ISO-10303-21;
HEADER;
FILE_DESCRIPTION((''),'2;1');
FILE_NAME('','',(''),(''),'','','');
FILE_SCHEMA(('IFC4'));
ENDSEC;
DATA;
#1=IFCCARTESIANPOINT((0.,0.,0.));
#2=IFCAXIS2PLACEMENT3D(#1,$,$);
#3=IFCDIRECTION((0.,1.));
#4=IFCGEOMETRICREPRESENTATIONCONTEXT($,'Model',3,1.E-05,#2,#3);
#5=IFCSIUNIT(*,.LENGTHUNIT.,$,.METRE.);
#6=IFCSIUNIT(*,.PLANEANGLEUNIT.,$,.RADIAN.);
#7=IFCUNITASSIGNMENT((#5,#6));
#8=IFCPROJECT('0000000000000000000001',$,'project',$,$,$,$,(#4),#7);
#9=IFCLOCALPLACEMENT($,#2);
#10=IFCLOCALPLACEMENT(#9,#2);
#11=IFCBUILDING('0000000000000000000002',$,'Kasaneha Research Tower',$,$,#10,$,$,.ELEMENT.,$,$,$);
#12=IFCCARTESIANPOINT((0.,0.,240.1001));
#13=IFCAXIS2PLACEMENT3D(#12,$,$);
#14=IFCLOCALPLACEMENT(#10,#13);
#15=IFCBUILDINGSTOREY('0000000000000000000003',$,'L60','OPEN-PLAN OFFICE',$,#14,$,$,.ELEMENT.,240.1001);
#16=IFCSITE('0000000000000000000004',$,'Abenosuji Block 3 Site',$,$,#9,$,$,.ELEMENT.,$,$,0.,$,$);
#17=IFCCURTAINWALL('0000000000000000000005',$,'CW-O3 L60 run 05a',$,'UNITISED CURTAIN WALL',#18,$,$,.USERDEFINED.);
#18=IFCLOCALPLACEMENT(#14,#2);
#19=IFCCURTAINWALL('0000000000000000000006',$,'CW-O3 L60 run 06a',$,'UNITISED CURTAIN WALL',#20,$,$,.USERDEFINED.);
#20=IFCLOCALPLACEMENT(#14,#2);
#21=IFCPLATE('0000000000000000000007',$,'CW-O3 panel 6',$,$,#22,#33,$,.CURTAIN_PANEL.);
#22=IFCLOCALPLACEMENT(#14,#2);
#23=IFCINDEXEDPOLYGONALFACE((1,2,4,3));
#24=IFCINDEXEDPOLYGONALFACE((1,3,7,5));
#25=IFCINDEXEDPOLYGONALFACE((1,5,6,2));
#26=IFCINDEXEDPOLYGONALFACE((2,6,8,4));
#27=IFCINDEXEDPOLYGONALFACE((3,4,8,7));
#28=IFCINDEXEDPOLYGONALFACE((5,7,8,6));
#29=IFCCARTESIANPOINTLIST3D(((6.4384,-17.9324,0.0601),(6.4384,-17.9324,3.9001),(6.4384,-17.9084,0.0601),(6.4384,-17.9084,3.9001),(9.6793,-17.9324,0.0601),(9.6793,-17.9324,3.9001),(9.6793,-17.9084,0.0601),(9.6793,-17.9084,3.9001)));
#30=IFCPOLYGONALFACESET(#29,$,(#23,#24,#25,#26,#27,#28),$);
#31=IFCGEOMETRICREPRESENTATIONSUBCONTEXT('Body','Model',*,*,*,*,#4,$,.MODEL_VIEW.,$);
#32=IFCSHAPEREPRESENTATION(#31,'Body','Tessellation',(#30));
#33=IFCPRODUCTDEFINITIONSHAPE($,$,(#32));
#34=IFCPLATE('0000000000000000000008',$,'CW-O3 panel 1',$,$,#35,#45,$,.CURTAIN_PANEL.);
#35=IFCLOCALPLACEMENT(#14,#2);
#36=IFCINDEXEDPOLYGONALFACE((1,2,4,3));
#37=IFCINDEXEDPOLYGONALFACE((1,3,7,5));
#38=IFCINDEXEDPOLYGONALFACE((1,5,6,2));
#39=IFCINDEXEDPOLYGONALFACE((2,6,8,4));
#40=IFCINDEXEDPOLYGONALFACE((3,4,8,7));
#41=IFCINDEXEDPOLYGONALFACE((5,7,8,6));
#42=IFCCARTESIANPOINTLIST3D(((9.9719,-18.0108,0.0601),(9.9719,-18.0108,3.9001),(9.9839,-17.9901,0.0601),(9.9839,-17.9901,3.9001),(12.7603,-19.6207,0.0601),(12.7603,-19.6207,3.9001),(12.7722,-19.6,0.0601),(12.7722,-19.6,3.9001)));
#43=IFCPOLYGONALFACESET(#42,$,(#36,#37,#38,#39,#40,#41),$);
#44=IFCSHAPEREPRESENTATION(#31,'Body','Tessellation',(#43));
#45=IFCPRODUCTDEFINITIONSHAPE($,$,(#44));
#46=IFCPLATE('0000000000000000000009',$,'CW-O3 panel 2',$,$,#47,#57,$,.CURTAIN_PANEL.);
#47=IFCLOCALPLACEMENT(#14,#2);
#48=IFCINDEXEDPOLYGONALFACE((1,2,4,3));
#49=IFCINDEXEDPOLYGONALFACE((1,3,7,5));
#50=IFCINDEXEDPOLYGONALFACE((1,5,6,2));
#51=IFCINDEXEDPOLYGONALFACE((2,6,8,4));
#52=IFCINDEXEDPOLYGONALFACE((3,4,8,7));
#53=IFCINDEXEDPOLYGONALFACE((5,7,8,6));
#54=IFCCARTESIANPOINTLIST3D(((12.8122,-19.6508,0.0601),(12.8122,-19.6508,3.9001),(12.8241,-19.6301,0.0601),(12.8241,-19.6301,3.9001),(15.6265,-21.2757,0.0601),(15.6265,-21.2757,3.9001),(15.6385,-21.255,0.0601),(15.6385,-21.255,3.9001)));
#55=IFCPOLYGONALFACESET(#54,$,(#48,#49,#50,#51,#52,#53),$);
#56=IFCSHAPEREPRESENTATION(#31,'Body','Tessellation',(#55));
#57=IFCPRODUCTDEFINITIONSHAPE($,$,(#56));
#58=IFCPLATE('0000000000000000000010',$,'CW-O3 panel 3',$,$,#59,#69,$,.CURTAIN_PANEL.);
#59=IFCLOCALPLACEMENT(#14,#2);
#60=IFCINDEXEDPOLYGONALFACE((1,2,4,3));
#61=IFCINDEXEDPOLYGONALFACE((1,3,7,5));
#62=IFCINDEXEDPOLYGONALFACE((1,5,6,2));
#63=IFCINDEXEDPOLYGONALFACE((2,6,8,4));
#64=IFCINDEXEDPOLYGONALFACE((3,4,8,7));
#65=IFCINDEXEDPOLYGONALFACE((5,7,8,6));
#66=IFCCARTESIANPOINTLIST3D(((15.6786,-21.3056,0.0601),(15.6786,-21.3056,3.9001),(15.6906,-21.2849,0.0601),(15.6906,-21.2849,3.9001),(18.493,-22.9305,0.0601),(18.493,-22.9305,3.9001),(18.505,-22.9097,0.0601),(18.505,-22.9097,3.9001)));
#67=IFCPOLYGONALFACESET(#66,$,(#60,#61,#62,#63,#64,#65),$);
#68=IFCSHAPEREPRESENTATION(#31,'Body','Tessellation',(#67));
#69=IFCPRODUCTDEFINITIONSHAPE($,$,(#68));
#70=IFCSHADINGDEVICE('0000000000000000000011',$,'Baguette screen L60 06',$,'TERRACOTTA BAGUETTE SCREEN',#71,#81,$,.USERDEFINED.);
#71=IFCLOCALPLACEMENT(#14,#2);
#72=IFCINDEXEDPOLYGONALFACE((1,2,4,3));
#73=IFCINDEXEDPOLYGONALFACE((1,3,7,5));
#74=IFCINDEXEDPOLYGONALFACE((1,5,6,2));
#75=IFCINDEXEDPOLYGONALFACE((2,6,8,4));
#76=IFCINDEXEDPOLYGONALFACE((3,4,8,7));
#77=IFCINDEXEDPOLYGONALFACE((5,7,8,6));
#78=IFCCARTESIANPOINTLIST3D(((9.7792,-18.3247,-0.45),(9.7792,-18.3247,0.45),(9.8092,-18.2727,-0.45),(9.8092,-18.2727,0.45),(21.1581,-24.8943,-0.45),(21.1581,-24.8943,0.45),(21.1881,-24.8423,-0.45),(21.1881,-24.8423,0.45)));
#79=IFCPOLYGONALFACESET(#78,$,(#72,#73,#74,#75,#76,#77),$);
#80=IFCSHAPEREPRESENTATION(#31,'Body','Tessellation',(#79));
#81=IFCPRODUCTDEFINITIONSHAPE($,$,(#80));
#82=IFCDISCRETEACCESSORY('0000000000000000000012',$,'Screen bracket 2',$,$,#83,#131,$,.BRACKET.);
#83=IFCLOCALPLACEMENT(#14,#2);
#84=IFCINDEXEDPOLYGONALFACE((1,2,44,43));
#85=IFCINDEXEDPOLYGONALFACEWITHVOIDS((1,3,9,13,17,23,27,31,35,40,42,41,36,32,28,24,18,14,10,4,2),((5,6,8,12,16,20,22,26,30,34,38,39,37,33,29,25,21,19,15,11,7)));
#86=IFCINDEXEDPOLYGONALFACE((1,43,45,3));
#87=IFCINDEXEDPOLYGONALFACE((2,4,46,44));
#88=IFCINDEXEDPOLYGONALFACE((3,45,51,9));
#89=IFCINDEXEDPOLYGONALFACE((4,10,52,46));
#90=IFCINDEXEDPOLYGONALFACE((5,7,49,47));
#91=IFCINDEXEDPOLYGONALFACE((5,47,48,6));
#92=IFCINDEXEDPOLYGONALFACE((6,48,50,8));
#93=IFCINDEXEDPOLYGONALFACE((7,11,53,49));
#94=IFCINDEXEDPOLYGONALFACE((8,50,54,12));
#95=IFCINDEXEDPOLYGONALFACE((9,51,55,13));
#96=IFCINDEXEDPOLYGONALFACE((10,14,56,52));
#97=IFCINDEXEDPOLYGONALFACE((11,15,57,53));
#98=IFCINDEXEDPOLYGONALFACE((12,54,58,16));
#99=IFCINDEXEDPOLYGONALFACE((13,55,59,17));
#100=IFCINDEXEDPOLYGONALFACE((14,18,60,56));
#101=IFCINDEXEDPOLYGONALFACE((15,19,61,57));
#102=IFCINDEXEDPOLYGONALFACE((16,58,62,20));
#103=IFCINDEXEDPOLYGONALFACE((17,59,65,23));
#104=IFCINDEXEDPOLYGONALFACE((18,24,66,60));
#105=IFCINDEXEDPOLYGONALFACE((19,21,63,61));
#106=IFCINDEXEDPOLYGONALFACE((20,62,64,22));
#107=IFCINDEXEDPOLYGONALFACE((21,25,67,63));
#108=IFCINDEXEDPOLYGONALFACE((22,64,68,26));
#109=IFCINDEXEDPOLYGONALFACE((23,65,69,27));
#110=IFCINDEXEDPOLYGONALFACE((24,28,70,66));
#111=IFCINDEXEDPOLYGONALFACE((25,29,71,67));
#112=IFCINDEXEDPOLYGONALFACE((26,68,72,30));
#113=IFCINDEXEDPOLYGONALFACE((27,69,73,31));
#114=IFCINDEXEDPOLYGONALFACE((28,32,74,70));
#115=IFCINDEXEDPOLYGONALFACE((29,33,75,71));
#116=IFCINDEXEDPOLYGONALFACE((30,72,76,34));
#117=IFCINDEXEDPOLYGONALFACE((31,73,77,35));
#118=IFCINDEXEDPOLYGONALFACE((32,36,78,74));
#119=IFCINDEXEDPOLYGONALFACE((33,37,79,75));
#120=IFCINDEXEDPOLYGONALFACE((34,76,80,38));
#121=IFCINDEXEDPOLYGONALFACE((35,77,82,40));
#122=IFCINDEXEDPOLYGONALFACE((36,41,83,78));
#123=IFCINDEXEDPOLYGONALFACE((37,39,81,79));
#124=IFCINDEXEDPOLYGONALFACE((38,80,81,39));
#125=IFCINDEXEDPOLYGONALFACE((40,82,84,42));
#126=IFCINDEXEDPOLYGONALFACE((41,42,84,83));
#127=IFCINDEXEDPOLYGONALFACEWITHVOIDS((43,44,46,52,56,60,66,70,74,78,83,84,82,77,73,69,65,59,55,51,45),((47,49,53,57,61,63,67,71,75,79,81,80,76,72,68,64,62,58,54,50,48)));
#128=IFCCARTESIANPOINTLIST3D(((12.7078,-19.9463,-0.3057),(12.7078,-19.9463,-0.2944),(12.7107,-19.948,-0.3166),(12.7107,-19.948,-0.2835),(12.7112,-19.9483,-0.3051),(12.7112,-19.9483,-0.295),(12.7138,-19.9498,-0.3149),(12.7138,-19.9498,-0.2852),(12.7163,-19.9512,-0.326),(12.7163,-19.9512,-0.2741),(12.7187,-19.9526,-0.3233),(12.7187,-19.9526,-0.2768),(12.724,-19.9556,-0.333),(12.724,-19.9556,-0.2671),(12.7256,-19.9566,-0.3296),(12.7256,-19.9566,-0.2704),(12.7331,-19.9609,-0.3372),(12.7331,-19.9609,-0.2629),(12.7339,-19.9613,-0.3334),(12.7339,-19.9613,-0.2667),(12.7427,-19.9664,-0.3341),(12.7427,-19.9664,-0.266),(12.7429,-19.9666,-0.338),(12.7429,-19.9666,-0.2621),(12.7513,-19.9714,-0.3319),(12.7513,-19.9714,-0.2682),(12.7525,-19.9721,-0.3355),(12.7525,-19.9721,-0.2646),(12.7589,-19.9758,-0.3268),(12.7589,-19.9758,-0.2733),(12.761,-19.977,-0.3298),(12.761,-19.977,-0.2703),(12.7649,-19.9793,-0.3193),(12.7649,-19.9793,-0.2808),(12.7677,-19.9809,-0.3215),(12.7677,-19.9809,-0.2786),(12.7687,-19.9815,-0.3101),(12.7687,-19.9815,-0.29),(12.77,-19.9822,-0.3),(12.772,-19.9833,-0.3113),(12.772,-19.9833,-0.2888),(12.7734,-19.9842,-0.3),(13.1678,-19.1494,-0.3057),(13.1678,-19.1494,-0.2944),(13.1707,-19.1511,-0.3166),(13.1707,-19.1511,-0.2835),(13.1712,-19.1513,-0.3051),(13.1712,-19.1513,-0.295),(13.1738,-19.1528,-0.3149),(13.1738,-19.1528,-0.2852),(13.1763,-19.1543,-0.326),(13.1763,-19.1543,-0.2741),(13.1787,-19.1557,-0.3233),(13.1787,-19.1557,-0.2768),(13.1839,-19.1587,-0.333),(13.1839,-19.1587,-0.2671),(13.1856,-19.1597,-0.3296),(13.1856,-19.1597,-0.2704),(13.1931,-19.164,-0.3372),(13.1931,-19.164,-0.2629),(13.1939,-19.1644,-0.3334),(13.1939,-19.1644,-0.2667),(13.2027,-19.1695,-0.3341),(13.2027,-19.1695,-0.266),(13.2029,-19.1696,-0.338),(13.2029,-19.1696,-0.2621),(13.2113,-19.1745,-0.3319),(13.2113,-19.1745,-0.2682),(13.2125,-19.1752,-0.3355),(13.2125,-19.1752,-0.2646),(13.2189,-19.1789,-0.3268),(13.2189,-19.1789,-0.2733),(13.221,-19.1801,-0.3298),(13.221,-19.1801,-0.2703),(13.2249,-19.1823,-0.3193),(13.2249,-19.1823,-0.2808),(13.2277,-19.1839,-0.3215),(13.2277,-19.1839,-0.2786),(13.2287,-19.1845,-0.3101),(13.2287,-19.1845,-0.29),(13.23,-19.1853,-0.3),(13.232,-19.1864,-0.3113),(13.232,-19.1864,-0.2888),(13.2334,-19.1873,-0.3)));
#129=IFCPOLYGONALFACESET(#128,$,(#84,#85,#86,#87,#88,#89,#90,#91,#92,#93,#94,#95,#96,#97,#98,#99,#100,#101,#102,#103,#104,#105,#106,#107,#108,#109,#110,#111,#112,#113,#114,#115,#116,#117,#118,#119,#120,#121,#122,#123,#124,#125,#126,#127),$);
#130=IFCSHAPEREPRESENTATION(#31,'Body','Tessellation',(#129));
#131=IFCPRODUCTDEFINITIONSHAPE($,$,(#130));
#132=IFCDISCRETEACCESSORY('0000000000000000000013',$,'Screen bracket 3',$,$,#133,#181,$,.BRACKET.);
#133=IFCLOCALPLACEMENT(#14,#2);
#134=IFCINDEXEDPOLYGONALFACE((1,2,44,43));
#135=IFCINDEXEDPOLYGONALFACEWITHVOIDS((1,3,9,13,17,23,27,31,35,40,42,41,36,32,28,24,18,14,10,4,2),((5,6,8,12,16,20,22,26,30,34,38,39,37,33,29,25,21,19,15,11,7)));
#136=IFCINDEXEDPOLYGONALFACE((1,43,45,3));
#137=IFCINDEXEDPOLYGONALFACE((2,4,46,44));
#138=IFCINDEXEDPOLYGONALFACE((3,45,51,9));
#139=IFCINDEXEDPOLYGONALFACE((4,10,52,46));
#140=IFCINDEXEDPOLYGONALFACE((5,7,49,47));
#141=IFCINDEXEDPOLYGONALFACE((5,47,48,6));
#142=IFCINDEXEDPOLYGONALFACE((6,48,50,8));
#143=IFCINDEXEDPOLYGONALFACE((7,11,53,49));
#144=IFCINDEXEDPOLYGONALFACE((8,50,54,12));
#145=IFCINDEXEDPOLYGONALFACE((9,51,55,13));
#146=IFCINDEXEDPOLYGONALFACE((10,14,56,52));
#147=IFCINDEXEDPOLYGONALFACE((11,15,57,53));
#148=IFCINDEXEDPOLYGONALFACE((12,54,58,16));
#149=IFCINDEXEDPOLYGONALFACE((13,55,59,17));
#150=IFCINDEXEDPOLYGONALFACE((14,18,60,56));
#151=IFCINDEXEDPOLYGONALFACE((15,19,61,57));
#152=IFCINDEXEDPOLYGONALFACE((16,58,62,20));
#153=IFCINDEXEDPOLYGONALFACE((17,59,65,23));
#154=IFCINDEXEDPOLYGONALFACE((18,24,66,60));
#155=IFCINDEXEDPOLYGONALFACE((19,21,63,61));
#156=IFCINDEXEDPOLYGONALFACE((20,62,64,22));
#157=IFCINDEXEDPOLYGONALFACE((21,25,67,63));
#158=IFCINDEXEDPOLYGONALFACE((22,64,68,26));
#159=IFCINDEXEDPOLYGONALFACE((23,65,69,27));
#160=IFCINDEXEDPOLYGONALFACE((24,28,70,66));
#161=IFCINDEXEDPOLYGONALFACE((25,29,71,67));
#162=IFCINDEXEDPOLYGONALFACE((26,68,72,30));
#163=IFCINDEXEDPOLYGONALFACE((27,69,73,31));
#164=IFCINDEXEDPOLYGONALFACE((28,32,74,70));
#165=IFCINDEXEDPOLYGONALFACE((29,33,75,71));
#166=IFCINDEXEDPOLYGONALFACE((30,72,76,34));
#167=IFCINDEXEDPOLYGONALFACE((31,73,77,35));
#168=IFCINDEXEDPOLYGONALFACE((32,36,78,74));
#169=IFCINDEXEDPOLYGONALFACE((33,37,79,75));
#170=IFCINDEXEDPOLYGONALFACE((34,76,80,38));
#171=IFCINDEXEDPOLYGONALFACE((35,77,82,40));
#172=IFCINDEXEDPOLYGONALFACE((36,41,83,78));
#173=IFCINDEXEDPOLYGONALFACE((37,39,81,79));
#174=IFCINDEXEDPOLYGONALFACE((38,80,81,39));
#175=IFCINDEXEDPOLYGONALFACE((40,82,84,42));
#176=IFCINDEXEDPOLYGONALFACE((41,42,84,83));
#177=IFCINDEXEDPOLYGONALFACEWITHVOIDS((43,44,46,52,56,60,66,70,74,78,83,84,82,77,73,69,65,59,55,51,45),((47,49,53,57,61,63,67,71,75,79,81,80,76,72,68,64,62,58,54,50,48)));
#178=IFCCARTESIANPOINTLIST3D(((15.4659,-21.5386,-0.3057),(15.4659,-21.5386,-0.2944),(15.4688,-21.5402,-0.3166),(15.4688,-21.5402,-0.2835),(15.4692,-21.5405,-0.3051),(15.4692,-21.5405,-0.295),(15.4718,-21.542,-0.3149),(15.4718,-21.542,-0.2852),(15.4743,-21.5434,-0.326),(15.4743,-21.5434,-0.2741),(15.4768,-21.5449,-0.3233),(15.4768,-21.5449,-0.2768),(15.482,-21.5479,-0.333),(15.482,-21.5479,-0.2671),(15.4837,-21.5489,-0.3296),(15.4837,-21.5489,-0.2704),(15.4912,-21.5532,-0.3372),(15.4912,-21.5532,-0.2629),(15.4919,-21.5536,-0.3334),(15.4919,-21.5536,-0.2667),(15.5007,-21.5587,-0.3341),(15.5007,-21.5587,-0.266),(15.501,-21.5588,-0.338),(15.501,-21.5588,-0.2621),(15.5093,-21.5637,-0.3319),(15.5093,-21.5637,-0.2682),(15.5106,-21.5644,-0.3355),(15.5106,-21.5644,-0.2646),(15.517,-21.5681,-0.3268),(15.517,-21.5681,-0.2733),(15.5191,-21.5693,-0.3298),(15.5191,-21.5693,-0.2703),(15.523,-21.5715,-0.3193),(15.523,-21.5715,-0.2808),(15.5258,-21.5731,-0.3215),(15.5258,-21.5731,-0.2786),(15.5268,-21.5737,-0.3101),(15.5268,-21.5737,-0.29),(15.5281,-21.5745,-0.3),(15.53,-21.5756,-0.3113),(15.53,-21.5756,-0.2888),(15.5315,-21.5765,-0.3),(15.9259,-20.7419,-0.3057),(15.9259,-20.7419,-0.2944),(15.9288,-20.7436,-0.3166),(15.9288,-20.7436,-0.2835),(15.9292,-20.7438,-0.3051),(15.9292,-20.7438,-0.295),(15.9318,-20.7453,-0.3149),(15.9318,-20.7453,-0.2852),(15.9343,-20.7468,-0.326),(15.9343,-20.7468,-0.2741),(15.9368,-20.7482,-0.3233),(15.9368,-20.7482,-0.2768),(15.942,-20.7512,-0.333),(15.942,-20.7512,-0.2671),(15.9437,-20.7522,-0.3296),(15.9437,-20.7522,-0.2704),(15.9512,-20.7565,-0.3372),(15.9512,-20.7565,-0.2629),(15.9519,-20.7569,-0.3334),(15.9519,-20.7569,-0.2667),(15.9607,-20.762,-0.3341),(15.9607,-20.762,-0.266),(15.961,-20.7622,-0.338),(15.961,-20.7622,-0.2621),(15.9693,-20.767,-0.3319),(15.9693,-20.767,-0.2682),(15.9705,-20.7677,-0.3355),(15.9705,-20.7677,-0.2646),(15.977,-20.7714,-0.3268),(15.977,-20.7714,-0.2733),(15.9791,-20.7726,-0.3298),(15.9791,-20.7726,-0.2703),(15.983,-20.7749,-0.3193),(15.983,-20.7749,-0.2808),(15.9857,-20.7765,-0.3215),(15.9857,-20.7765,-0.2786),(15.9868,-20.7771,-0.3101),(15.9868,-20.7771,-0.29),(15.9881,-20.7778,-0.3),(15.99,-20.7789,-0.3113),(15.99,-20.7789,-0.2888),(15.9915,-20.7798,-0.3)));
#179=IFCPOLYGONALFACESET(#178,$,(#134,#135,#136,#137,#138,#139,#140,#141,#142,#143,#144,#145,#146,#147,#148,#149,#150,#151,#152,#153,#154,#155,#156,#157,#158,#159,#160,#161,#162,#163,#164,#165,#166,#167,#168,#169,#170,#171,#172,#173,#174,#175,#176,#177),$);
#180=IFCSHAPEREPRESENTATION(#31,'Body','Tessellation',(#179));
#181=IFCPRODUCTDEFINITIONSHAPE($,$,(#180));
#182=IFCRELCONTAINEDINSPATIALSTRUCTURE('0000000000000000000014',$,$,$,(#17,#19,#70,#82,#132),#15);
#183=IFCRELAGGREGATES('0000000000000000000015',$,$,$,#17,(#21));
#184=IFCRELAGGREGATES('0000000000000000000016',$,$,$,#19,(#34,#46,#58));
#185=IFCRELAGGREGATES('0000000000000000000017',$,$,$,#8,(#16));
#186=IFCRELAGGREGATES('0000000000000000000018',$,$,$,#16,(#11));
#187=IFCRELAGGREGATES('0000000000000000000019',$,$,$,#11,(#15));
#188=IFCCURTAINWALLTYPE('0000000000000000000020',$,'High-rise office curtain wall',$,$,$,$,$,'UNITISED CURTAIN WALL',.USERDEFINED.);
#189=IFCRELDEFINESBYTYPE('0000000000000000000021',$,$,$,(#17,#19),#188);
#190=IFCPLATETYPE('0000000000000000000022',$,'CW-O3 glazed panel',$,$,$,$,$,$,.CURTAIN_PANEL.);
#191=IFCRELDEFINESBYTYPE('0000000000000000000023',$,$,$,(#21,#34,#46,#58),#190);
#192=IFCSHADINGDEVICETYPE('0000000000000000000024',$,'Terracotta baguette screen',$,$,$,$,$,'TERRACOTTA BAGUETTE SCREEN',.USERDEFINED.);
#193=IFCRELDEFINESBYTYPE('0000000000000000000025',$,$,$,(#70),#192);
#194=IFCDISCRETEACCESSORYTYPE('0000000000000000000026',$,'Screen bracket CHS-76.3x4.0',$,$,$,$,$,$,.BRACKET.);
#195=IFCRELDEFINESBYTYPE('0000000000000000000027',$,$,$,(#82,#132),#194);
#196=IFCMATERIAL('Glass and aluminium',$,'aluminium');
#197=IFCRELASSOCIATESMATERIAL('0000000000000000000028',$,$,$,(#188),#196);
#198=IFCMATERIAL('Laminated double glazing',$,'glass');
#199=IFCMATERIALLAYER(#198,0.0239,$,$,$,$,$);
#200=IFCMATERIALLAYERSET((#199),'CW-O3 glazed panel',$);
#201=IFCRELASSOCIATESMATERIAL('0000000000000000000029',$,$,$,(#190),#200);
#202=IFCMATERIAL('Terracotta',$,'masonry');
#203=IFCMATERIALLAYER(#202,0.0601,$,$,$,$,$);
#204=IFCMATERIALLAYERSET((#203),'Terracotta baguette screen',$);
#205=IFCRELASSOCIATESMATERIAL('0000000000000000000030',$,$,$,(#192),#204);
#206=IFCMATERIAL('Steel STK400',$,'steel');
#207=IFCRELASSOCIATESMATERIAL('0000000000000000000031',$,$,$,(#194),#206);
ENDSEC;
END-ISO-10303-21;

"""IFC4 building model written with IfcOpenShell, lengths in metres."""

from ifc_helpers import new_model, si_unit, direction, frame, origin, origin_2d, place, context, subcontext, project, spatial, rectangle, hollow_circle, extrude, material, layer, layer_set, material_profile, profile_set, type_object, element, aggregate, save


model = new_model("IFC4")

# Units and contexts
model_context = context("Model", 3, precision=1e-05, world=origin(), true_north=direction((0.0, 1.0)))
body_context = subcontext(model_context, "Body", "Model", "MODEL_VIEW")
ifc_project = project(units=[si_unit("LENGTHUNIT", "METRE"), si_unit("PLANEANGLEUNIT", "RADIAN")], contexts=[model_context])

# Site, building, storey
site_placement = place(None, origin())
site = spatial("IfcSite", under=ifc_project, at=site_placement, Name="Abenosuji Block 3 Site", CompositionType="ELEMENT", RefElevation=0.0)
building_placement = place(site_placement, origin())
building = spatial("IfcBuilding", under=site, at=building_placement, Name="Kasaneha Research Tower", CompositionType="ELEMENT")
storey_placement = place(building_placement, frame((0.0, 0.0, 240.1001)))
storey = spatial("IfcBuildingStorey", under=building, at=storey_placement, Name="L60", Description="OPEN-PLAN OFFICE", CompositionType="ELEMENT", Elevation=240.1001)

# Curtain walls
ifc_material_1 = material(Name="Glass and aluminium", Category="aluminium")
curtain_wall_type = type_object("IfcCurtainWallType", Name="High-rise office curtain wall", ElementType="UNITISED CURTAIN WALL", PredefinedType="USERDEFINED", material=ifc_material_1)
curtain_wall_1_placement = place(storey_placement, origin())
curtain_wall_1 = element("IfcCurtainWall", 1, at=curtain_wall_1_placement, inside=storey, type_object=curtain_wall_type, Name="CW-O3 L60 run 05a", ObjectType="UNITISED CURTAIN WALL", PredefinedType="USERDEFINED")
curtain_wall_2_placement = place(storey_placement, origin())
curtain_wall_2 = element("IfcCurtainWall", 2, at=curtain_wall_2_placement, inside=storey, type_object=curtain_wall_type, Name="CW-O3 L60 run 06a", ObjectType="UNITISED CURTAIN WALL", PredefinedType="USERDEFINED")

# Plates
ifc_material_2 = material(Name="Laminated double glazing", Category="glass")
ifc_layer_1 = layer(ifc_material_2, 0.0239)
ifc_layer_set_1 = layer_set([ifc_layer_1], Name="CW-O3 glazed panel")
plate_type = type_object("IfcPlateType", Name="CW-O3 glazed panel", PredefinedType="CURTAIN_PANEL", material=ifc_layer_set_1)
plate_1_placement = place(storey_placement, frame((8.0588, -17.9204, 0.0601), z_axis=(0.0, 0.0, 1.0), x_axis=(1.0, 0.0, 0.0)))
plate_1 = element("IfcPlate", 3, at=plate_1_placement, type_object=plate_type, Name="CW-O3 panel 6", PredefinedType="CURTAIN_PANEL", context=body_context, shape_type="SweptSolid", body=[
    extrude(rectangle(XDim=3.241, YDim=0.0239, at=origin_2d()), origin(), (0.0, 0.0, 1.0), 3.8401),
])
aggregate(curtain_wall_1, [plate_1])
plate_2_placement = place(storey_placement, frame((11.3721, -18.8054, 0.0601), z_axis=(0.0, 0.0, 1.0), x_axis=(0.866025, -0.5, 0.0)))
plate_2 = element("IfcPlate", 4, at=plate_2_placement, type_object=plate_type, Name="CW-O3 panel 1", PredefinedType="CURTAIN_PANEL", context=body_context, shape_type="SweptSolid", body=[
    extrude(rectangle(XDim=3.2197, YDim=0.0239, at=origin_2d()), origin(), (0.0, 0.0, 1.0), 3.8401),
])
plate_3_placement = place(storey_placement, frame((14.2253, -20.4529, 0.0601), z_axis=(0.0, 0.0, 1.0), x_axis=(0.866025, -0.5, 0.0)))
plate_3 = element("IfcPlate", 5, at=plate_3_placement, type_object=plate_type, Name="CW-O3 panel 2", PredefinedType="CURTAIN_PANEL", context=body_context, shape_type="SweptSolid", body=[
    extrude(rectangle(XDim=3.2498, YDim=0.0239, at=origin_2d()), origin(), (0.0, 0.0, 1.0), 3.8401),
])
plate_4_placement = place(storey_placement, frame((17.0918, -22.1077, 0.0601), z_axis=(0.0, 0.0, 1.0), x_axis=(0.866025, -0.5, 0.0)))
plate_4 = element("IfcPlate", 6, at=plate_4_placement, type_object=plate_type, Name="CW-O3 panel 3", PredefinedType="CURTAIN_PANEL", context=body_context, shape_type="SweptSolid", body=[
    extrude(rectangle(XDim=3.2498, YDim=0.0239, at=origin_2d()), origin(), (0.0, 0.0, 1.0), 3.8401),
])
aggregate(curtain_wall_2, [plate_2, plate_3, plate_4])

# Shading device
ifc_material_3 = material(Name="Terracotta", Category="masonry")
ifc_layer_2 = layer(ifc_material_3, 0.0601)
ifc_layer_set_2 = layer_set([ifc_layer_2], Name="Terracotta baguette screen")
shading_device_type = type_object("IfcShadingDeviceType", Name="Terracotta baguette screen", ElementType="TERRACOTTA BAGUETTE SCREEN", PredefinedType="USERDEFINED", material=ifc_layer_set_2)
shading_device_placement = place(storey_placement, frame((15.4836, -21.5835, -0.45), z_axis=(0.0, 0.0, 1.0), x_axis=(0.866025, -0.5, 0.0)))
element("IfcShadingDevice", 7, at=shading_device_placement, inside=storey, type_object=shading_device_type, Name="Baguette screen L60 06", ObjectType="TERRACOTTA BAGUETTE SCREEN", PredefinedType="USERDEFINED", context=body_context, shape_type="SweptSolid", body=[
    extrude(rectangle(XDim=13.1392, YDim=0.0601, at=origin_2d()), origin(), (0.0, 0.0, 1.0), 0.8999),
])

# Discrete accessories
ifc_material_4 = material(Name="Steel STK400", Category="steel")
ifc_material_profile_1 = material_profile(ifc_material_4, hollow_circle(Radius=0.0381, WallThickness=0.0039, at=origin_2d()), Name="CHS-76.3x4.0")
ifc_profile_set_1 = profile_set([ifc_material_profile_1], Name="Steel STK400")
discrete_accessory_type = type_object("IfcDiscreteAccessoryType", Name="Screen bracket CHS-76.3x4.0", PredefinedType="BRACKET", material=ifc_profile_set_1)
discrete_accessory_1_placement = place(storey_placement, frame((13.2004, -19.1682, -0.3), z_axis=(-0.499906, -0.86608, 0.0), x_axis=(0.86608, -0.499906, 0.0)))
element("IfcDiscreteAccessory", 8, at=discrete_accessory_1_placement, inside=storey, type_object=discrete_accessory_type, Name="Screen bracket 2", PredefinedType="BRACKET", context=body_context, shape_type="SweptSolid", body=[
    extrude(hollow_circle(Radius=0.0381, WallThickness=0.0039, at=origin_2d()), origin(), (0.0, 0.0, 1.0), 0.9202),
])
discrete_accessory_2_placement = place(storey_placement, frame((15.9585, -20.7607, -0.3), z_axis=(-0.500021, -0.866013, 0.0), x_axis=(0.866013, -0.500021, 0.0)))
element("IfcDiscreteAccessory", 9, at=discrete_accessory_2_placement, inside=storey, type_object=discrete_accessory_type, Name="Screen bracket 3", PredefinedType="BRACKET", context=body_context, shape_type="SweptSolid", body=[
    extrude(hollow_circle(Radius=0.0381, WallThickness=0.0039, at=origin_2d()), origin(), (0.0, 0.0, 1.0), 0.9199),
])

save(model, "model.ifc")
